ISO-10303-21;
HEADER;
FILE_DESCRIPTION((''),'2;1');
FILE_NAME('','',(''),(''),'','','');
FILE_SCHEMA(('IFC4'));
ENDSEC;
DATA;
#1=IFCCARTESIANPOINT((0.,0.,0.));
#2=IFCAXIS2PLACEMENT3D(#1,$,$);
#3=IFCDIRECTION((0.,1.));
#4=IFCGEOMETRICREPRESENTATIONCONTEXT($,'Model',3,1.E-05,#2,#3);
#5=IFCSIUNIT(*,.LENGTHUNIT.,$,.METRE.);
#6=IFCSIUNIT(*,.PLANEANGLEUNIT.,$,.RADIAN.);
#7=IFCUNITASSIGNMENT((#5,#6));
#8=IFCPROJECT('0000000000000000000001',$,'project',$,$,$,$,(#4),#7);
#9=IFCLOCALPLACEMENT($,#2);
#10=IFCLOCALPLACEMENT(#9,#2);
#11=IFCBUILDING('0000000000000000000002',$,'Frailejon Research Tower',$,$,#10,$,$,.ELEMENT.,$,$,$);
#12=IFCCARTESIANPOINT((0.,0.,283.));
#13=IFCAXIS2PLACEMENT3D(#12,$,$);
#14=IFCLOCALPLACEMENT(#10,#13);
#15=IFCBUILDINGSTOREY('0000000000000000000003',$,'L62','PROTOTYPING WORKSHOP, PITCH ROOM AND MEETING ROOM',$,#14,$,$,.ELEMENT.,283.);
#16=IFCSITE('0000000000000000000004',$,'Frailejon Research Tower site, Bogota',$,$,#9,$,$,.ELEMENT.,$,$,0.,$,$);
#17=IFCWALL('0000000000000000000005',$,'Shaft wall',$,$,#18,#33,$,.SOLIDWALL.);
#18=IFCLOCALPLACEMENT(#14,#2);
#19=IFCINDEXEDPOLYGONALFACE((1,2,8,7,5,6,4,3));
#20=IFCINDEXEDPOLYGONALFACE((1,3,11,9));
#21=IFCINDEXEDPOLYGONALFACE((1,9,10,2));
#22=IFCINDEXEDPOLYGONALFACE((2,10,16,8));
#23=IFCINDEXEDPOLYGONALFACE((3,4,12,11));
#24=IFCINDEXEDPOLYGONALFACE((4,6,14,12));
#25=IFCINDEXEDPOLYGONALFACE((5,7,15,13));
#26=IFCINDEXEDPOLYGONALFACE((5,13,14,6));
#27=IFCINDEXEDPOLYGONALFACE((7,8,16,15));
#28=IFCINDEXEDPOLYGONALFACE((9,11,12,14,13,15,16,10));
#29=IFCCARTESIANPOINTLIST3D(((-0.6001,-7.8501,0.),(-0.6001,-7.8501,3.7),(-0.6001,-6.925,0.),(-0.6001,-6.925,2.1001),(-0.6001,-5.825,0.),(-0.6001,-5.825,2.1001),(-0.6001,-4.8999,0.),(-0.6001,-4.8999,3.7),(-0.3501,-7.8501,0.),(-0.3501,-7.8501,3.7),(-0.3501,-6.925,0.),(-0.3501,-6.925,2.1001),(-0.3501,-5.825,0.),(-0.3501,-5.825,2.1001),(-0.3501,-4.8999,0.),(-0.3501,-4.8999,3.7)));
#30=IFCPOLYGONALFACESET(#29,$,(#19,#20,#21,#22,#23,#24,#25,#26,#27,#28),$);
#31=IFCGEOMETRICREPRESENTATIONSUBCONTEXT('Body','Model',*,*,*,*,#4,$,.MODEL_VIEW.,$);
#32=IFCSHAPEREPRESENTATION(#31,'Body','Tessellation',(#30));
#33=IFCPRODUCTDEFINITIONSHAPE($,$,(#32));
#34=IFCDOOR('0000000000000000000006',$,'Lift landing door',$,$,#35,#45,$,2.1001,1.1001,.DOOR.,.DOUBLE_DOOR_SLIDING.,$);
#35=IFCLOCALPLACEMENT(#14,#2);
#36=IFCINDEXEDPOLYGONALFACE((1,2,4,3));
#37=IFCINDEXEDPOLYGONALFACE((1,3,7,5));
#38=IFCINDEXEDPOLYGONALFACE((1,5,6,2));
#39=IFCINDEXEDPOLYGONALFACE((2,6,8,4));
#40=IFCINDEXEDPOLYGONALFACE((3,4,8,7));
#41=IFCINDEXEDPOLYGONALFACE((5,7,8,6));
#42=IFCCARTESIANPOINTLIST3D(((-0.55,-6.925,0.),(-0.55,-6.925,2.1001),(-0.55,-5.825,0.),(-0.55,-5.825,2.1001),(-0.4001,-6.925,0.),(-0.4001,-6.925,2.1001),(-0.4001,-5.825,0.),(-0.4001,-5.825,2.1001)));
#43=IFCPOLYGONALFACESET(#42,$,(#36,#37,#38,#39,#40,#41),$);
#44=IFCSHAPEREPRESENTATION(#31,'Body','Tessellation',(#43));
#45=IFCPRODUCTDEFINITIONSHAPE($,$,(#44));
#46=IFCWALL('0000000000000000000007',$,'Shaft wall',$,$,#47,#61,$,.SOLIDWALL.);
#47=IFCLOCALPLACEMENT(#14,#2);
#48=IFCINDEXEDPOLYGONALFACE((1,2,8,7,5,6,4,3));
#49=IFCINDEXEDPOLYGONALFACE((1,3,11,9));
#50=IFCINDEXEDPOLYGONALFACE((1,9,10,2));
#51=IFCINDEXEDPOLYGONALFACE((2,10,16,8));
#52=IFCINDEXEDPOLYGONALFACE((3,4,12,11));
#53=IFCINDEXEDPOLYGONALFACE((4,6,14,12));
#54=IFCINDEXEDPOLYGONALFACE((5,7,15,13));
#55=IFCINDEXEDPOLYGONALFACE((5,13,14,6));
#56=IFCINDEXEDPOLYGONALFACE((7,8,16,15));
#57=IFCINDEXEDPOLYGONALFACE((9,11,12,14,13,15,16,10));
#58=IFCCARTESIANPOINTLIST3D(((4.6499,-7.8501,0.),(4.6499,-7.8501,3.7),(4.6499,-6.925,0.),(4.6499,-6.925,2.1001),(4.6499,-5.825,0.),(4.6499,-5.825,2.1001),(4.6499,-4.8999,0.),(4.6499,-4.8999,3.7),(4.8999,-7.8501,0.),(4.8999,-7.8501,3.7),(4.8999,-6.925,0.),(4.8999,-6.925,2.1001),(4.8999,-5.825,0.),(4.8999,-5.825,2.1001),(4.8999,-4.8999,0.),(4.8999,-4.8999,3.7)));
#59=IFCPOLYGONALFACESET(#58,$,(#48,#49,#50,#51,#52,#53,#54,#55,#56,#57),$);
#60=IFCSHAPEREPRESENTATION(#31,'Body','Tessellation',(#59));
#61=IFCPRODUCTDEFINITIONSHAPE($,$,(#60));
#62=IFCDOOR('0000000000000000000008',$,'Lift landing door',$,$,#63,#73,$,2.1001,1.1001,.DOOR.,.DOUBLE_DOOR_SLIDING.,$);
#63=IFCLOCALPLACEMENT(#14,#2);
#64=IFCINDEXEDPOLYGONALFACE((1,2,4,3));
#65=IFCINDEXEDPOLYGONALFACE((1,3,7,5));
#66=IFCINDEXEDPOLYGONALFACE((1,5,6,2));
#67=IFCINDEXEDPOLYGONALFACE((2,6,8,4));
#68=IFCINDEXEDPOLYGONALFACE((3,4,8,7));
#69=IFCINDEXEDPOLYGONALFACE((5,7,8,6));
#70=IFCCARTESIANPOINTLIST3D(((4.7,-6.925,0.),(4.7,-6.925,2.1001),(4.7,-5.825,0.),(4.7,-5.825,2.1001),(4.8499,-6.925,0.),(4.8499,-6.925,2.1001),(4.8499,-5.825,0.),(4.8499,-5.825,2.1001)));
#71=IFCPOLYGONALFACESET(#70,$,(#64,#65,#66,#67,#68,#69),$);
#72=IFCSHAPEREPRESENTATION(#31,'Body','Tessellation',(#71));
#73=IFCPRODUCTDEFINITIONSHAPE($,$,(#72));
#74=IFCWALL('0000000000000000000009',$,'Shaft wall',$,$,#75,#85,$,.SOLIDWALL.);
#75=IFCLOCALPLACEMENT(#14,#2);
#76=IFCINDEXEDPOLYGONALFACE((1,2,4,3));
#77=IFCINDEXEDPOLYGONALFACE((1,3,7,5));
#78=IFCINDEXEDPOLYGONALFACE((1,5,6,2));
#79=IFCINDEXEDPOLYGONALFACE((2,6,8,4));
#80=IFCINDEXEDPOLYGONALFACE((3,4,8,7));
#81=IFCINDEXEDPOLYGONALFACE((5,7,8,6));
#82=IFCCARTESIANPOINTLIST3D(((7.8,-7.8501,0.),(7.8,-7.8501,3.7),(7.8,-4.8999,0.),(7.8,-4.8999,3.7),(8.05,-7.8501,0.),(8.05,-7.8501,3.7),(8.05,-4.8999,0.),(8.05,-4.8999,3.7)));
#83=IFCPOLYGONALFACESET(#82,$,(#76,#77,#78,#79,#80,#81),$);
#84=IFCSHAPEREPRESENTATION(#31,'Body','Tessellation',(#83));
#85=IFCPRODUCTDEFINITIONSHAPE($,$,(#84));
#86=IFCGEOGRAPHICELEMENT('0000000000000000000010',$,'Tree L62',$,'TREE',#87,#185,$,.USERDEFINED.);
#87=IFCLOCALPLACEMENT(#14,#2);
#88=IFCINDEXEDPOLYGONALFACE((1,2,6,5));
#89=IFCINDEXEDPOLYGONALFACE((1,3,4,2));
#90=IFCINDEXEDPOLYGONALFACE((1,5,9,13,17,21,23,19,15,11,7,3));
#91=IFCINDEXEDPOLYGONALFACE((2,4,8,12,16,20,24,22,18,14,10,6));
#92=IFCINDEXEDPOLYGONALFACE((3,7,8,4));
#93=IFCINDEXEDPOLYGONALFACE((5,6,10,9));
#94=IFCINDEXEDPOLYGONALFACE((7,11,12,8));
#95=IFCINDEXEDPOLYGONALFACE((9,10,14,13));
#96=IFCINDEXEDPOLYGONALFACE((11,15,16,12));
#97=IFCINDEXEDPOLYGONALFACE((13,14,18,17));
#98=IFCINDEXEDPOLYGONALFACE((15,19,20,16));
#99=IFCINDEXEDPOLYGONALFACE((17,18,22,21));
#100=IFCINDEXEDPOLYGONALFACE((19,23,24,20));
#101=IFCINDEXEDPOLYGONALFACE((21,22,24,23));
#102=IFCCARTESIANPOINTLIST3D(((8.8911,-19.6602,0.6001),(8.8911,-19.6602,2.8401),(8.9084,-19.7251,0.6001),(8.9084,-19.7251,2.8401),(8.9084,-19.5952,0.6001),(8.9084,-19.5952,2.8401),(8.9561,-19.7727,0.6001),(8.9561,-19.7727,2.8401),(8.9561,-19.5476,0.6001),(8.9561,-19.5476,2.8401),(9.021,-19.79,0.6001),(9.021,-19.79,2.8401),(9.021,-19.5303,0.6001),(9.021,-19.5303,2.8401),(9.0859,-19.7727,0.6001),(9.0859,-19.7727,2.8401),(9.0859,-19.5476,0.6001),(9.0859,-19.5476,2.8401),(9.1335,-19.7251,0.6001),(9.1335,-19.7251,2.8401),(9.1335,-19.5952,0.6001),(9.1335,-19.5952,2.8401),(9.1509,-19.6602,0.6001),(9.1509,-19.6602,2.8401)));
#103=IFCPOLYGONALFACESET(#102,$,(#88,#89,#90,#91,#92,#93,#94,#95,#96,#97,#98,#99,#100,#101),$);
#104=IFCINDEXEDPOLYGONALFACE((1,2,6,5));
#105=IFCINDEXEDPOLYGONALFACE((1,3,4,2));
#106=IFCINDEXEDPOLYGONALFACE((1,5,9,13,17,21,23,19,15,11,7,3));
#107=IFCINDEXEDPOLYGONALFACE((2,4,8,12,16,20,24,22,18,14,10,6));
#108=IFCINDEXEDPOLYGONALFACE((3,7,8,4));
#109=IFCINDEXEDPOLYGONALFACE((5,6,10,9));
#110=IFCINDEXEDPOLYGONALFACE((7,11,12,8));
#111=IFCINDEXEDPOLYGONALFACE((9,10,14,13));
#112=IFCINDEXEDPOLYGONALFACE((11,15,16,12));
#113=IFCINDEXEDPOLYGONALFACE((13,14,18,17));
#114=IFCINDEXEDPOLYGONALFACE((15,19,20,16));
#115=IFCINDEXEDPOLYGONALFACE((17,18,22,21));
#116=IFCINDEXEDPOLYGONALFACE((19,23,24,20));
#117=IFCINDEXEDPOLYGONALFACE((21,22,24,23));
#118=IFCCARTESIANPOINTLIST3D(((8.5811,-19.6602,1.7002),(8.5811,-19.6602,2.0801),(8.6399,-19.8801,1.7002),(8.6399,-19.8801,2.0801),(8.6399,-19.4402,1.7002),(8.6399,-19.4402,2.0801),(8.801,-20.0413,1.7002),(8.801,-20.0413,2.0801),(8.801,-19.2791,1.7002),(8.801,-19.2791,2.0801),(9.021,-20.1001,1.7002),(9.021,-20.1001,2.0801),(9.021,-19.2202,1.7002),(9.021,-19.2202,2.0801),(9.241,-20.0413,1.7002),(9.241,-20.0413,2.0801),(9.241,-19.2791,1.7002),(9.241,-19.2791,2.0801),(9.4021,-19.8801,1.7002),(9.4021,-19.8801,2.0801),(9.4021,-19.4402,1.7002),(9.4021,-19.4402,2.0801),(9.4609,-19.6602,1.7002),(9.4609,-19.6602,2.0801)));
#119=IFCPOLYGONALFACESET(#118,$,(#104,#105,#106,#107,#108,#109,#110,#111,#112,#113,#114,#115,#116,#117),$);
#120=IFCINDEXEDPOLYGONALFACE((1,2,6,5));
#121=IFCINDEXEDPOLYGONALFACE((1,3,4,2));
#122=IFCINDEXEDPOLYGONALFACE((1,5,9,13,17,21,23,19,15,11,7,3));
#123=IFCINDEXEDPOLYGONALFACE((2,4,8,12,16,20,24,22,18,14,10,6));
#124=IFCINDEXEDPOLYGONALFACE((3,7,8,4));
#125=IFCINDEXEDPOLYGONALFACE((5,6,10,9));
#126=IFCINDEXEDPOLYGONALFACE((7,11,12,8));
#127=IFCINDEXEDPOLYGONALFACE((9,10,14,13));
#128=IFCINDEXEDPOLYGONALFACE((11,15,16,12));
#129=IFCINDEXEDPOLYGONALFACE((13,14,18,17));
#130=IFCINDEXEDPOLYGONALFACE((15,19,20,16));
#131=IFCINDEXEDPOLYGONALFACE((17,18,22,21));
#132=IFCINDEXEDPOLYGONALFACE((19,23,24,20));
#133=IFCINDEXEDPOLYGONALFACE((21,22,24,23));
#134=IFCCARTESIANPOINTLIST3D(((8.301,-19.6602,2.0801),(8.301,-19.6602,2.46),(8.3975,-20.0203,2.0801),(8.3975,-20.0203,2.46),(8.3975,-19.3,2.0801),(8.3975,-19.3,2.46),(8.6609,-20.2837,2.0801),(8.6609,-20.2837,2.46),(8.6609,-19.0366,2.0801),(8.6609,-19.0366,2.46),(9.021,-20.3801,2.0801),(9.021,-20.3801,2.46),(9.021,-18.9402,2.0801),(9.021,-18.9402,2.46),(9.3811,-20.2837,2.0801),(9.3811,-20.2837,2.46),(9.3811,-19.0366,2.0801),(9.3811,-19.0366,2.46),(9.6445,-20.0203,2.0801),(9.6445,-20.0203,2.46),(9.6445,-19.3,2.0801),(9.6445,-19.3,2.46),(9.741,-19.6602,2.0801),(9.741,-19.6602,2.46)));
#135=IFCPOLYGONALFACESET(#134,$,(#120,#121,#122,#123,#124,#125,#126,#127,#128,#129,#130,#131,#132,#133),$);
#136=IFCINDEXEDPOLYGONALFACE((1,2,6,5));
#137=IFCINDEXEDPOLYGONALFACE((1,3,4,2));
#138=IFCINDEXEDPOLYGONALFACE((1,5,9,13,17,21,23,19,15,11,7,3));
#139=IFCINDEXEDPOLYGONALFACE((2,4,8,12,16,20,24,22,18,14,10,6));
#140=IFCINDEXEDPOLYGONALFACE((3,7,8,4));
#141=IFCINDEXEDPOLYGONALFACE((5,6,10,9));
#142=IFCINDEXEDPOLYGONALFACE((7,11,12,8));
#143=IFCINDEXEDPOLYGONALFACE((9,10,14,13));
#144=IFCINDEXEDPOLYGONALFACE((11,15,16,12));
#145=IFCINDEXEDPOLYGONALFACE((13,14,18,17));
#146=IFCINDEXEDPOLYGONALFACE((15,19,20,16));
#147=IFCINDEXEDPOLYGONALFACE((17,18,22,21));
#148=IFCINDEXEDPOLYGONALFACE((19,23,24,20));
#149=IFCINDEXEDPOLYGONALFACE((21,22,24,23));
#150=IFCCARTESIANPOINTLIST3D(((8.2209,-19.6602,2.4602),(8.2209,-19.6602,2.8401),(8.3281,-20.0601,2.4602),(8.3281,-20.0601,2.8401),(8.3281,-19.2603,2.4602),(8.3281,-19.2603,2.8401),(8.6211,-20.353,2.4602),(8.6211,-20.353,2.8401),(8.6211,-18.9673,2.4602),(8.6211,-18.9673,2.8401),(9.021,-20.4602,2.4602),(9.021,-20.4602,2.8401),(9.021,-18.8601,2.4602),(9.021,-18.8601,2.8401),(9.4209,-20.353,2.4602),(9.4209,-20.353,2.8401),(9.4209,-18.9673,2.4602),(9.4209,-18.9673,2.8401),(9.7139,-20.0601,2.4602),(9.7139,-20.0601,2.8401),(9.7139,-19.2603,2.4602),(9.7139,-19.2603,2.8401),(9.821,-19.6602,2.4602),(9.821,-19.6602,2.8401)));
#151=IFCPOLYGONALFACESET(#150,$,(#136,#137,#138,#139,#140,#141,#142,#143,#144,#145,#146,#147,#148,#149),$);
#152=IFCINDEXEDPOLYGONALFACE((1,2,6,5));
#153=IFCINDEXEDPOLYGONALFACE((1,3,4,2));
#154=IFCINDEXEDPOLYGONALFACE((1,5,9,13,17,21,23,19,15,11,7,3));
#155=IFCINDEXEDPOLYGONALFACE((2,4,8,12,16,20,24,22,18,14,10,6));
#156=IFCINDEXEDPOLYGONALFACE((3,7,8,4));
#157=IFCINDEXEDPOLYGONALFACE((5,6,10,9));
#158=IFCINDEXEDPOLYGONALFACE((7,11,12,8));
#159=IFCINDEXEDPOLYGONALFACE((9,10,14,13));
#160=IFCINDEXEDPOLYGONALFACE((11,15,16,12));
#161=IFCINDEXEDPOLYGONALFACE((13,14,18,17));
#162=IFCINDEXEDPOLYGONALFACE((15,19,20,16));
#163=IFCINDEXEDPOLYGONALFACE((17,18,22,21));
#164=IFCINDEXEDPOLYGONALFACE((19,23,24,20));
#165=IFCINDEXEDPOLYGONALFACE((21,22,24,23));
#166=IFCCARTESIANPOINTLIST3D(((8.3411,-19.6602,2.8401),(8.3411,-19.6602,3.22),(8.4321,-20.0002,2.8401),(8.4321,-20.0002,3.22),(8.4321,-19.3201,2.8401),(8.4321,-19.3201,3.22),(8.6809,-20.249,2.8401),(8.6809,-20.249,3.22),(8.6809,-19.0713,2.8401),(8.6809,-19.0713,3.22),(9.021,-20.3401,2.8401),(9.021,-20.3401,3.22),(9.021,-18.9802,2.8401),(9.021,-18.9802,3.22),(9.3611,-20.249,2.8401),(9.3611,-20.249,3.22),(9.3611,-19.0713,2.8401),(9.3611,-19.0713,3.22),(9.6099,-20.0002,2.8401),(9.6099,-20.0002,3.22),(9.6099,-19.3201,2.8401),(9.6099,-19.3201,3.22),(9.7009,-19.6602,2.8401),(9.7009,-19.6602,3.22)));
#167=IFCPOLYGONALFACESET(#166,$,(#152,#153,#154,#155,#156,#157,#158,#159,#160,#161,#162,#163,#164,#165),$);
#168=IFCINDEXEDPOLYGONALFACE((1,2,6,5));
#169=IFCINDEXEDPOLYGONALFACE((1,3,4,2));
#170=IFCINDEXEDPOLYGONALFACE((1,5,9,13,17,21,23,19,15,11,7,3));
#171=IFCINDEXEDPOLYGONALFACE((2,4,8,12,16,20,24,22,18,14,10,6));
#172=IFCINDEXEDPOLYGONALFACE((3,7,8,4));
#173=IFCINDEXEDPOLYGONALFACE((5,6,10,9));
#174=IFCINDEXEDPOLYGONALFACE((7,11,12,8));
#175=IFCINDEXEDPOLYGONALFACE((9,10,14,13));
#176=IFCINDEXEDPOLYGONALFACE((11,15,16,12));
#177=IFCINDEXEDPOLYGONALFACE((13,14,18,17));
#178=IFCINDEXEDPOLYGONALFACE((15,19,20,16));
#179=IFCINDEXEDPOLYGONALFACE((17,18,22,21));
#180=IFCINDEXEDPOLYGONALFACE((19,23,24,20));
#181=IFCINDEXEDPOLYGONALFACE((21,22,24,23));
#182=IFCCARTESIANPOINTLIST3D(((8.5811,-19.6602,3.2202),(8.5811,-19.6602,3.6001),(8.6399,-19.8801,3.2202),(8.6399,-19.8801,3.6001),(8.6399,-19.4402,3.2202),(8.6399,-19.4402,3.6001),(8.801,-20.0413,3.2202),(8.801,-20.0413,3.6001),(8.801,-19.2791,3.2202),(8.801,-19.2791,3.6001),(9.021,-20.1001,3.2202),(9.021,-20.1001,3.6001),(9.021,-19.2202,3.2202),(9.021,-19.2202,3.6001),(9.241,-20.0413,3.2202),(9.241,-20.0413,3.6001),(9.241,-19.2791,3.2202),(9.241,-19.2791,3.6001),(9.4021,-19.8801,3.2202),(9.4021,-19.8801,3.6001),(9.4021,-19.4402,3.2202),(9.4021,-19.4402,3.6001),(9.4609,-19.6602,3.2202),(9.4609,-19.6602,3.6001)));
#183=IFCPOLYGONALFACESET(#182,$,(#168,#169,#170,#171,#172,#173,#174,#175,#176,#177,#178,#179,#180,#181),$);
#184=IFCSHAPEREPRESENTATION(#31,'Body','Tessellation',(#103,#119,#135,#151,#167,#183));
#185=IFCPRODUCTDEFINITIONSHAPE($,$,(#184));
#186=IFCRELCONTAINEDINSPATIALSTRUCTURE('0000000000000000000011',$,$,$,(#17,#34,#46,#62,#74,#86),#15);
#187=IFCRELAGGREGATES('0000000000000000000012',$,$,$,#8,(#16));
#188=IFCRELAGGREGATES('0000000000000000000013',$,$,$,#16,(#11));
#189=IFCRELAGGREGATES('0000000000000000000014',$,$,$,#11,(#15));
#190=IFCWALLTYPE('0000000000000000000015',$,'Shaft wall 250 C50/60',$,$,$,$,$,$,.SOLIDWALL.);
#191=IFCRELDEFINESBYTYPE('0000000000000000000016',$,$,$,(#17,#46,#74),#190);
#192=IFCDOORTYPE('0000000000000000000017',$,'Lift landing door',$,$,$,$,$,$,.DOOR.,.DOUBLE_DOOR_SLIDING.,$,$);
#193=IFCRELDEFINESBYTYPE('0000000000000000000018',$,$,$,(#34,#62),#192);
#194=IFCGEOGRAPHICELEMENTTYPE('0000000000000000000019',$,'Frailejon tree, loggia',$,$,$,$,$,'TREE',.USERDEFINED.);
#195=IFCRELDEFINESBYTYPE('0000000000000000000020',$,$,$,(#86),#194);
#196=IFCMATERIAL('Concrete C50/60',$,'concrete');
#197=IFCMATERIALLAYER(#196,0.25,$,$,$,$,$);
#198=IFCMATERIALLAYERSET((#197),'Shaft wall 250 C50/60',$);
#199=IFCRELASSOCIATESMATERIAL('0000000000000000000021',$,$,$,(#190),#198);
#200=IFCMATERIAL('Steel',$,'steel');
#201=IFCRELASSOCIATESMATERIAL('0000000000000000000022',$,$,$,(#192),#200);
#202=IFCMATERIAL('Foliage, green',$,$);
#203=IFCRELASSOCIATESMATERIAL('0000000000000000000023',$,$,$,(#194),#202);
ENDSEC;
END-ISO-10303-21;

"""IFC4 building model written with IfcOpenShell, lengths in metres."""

from ifc_helpers import new_model, si_unit, direction, frame, frame_2d, origin, place, context, subcontext, project, spatial, polyline, rectangle, outline, extrude, material, layer, layer_set, type_object, element, fill, save


model = new_model("IFC4")

# Units and contexts
model_context = context("Model", 3, precision=1e-05, world=origin(), true_north=direction((0.0, 1.0)))
body_context = subcontext(model_context, "Body", "Model", "MODEL_VIEW")
ifc_project = project(units=[si_unit("LENGTHUNIT", "METRE"), si_unit("PLANEANGLEUNIT", "RADIAN")], contexts=[model_context])

# Site, building, storey
site_placement = place(None, origin())
site = spatial("IfcSite", under=ifc_project, at=site_placement, Name="Frailejon Research Tower site, Bogota", CompositionType="ELEMENT", RefElevation=0.0)
building_placement = place(site_placement, origin())
building = spatial("IfcBuilding", under=site, at=building_placement, Name="Frailejon Research Tower", CompositionType="ELEMENT")
storey_placement = place(building_placement, frame((0.0, 0.0, 283.0)))
storey = spatial("IfcBuildingStorey", under=building, at=storey_placement, Name="L62", Description="PROTOTYPING WORKSHOP, PITCH ROOM AND MEETING ROOM", CompositionType="ELEMENT", Elevation=283.0)

# Walls, openings, doors
ifc_material_1 = material(Name="Concrete C50/60", Category="concrete")
ifc_layer_1 = layer(ifc_material_1, 0.25)
ifc_layer_set_1 = layer_set([ifc_layer_1], Name="Shaft wall 250 C50/60")
wall_type_1 = type_object("IfcWallType", Name="Shaft wall 250 C50/60", PredefinedType="SOLIDWALL", material=ifc_layer_set_1)
wall_1_placement = place(storey_placement, frame((-0.4751, -7.8501, 0.0), z_axis=(0.0, 0.0, 1.0), x_axis=(0.0, 1.0, 0.0)))
wall_1 = element("IfcWall", 1, at=wall_1_placement, inside=storey, type_object=wall_type_1, Name="Shaft wall", PredefinedType="SOLIDWALL", context=body_context, shape_type="SweptSolid", body=[
    extrude(rectangle(XDim=2.9502, YDim=0.25, at=frame_2d((1.4751, 0.0))), origin(), (0.0, 0.0, 1.0), 3.7),
])
opening_1_placement = place(wall_1_placement, frame((0.925, 0.0, 0.0)))
opening_1 = element("IfcOpeningElement", 2, at=opening_1_placement, cuts=wall_1, PredefinedType="OPENING", context=body_context, shape_type="SweptSolid", body=[
    extrude(rectangle(XDim=1.1001, YDim=2.1001, at=frame_2d((0.55, 1.05))), frame((0.0, 0.135, 0.0), z_axis=(0.0, -1.0, 0.0), x_axis=(1.0, 0.0, 0.0)), (0.0, 0.0, 1.0), 0.27),
])
ifc_material_2 = material(Name="Steel", Category="steel")
door_type_1 = type_object("IfcDoorType", Name="Lift landing door", OperationType="DOUBLE_DOOR_SLIDING", PredefinedType="DOOR", material=ifc_material_2)
door_1_placement = place(opening_1_placement, origin())
door_1 = element("IfcDoor", 3, at=door_1_placement, inside=storey, type_object=door_type_1, Name="Lift landing door", OperationType="DOUBLE_DOOR_SLIDING", OverallHeight=2.1001, OverallWidth=1.1001, PredefinedType="DOOR", context=body_context, shape_type="SweptSolid", body=[
    extrude(rectangle(XDim=1.1001, YDim=2.1001, at=frame_2d((0.55, 1.05))), frame((0.0, 0.075, 0.0), z_axis=(0.0, -1.0, 0.0), x_axis=(1.0, 0.0, 0.0)), (0.0, 0.0, 1.0), 0.1499),
])
fill(opening_1, door_1)
wall_2_placement = place(storey_placement, frame((4.7749, -7.8501, 0.0), z_axis=(0.0, 0.0, 1.0), x_axis=(0.0, 1.0, 0.0)))
wall_2 = element("IfcWall", 4, at=wall_2_placement, inside=storey, type_object=wall_type_1, Name="Shaft wall", PredefinedType="SOLIDWALL", context=body_context, shape_type="SweptSolid", body=[
    extrude(rectangle(XDim=2.9502, YDim=0.25, at=frame_2d((1.4751, 0.0))), origin(), (0.0, 0.0, 1.0), 3.7),
])
opening_2_placement = place(wall_2_placement, frame((0.925, 0.0, 0.0)))
opening_2 = element("IfcOpeningElement", 5, at=opening_2_placement, cuts=wall_2, PredefinedType="OPENING", context=body_context, shape_type="SweptSolid", body=[
    extrude(rectangle(XDim=1.1001, YDim=2.1001, at=frame_2d((0.55, 1.05))), frame((0.0, 0.135, 0.0), z_axis=(0.0, -1.0, 0.0), x_axis=(1.0, 0.0, 0.0)), (0.0, 0.0, 1.0), 0.27),
])
door_2_placement = place(opening_2_placement, origin())
door_2 = element("IfcDoor", 6, at=door_2_placement, inside=storey, type_object=door_type_1, Name="Lift landing door", OperationType="DOUBLE_DOOR_SLIDING", OverallHeight=2.1001, OverallWidth=1.1001, PredefinedType="DOOR", context=body_context, shape_type="SweptSolid", body=[
    extrude(rectangle(XDim=1.1001, YDim=2.1001, at=frame_2d((0.55, 1.05))), frame((0.0, 0.075, 0.0), z_axis=(0.0, -1.0, 0.0), x_axis=(1.0, 0.0, 0.0)), (0.0, 0.0, 1.0), 0.1499),
])
fill(opening_2, door_2)

# Wall
wall_3_placement = place(storey_placement, frame((7.925, -7.8501, 0.0), z_axis=(0.0, 0.0, 1.0), x_axis=(0.0, 1.0, 0.0)))
element("IfcWall", 7, at=wall_3_placement, inside=storey, type_object=wall_type_1, Name="Shaft wall", PredefinedType="SOLIDWALL", context=body_context, shape_type="SweptSolid", body=[
    extrude(rectangle(XDim=2.9502, YDim=0.25, at=frame_2d((1.4751, 0.0))), origin(), (0.0, 0.0, 1.0), 3.7),
])

# Geographic element
ifc_material_3 = material(Name="Foliage, green")
geographic_element_type = type_object("IfcGeographicElementType", Name="Frailejon tree, loggia", ElementType="TREE", PredefinedType="USERDEFINED", material=ifc_material_3)
geographic_element_placement = place(storey_placement, frame((9.021, -19.6602, 0.6001)))
element("IfcGeographicElement", 8, at=geographic_element_placement, inside=storey, type_object=geographic_element_type, Name="Tree L62", ObjectType="TREE", PredefinedType="USERDEFINED", context=body_context, shape_type="SweptSolid", body=[
    extrude(outline(polyline([(0.1299, 0.0), (0.1125, 0.0649), (0.0649, 0.1125), (0.0, 0.1299), (-0.0649, 0.1125), (-0.1125, 0.0649), (-0.1299, 0.0), (-0.1125, -0.0649), (-0.0649, -0.1125), (0.0, -0.1299), (0.0649, -0.1125), (0.1125, -0.0649), (0.1299, 0.0)])), origin(), (0.0, 0.0, 1.0), 2.24),
    extrude(outline(polyline([(0.4399, 0.0), (0.3811, 0.22), (0.22, 0.3811), (0.0, 0.4399), (-0.22, 0.3811), (-0.3811, 0.22), (-0.4399, 0.0), (-0.3811, -0.22), (-0.22, -0.3811), (0.0, -0.4399), (0.22, -0.3811), (0.3811, -0.22), (0.4399, 0.0)])), frame((0.0, 0.0, 1.1001)), (0.0, 0.0, 1.0), 0.3799),
    extrude(outline(polyline([(0.72, 0.0), (0.6235, 0.3601), (0.3601, 0.6235), (0.0, 0.72), (-0.3601, 0.6235), (-0.6235, 0.3601), (-0.72, 0.0), (-0.6235, -0.3601), (-0.3601, -0.6235), (0.0, -0.72), (0.3601, -0.6235), (0.6235, -0.3601), (0.72, 0.0)])), frame((0.0, 0.0, 1.48)), (0.0, 0.0, 1.0), 0.3799),
    extrude(outline(polyline([(0.8, 0.0), (0.6929, 0.3999), (0.3999, 0.6929), (0.0, 0.8), (-0.3999, 0.6929), (-0.6929, 0.3999), (-0.8, 0.0), (-0.6929, -0.3999), (-0.3999, -0.6929), (0.0, -0.8), (0.3999, -0.6929), (0.6929, -0.3999), (0.8, 0.0)])), frame((0.0, 0.0, 1.8601)), (0.0, 0.0, 1.0), 0.3799),
    extrude(outline(polyline([(0.6799, 0.0), (0.5889, 0.3401), (0.3401, 0.5889), (0.0, 0.6799), (-0.3401, 0.5889), (-0.5889, 0.3401), (-0.6799, 0.0), (-0.5889, -0.3401), (-0.3401, -0.5889), (0.0, -0.6799), (0.3401, -0.5889), (0.5889, -0.3401), (0.6799, 0.0)])), frame((0.0, 0.0, 2.24)), (0.0, 0.0, 1.0), 0.3799),
    extrude(outline(polyline([(0.4399, 0.0), (0.3811, 0.22), (0.22, 0.3811), (0.0, 0.4399), (-0.22, 0.3811), (-0.3811, 0.22), (-0.4399, 0.0), (-0.3811, -0.22), (-0.22, -0.3811), (0.0, -0.4399), (0.22, -0.3811), (0.3811, -0.22), (0.4399, 0.0)])), frame((0.0, 0.0, 2.6201)), (0.0, 0.0, 1.0), 0.3799),
])

save(model, "model.ifc")
